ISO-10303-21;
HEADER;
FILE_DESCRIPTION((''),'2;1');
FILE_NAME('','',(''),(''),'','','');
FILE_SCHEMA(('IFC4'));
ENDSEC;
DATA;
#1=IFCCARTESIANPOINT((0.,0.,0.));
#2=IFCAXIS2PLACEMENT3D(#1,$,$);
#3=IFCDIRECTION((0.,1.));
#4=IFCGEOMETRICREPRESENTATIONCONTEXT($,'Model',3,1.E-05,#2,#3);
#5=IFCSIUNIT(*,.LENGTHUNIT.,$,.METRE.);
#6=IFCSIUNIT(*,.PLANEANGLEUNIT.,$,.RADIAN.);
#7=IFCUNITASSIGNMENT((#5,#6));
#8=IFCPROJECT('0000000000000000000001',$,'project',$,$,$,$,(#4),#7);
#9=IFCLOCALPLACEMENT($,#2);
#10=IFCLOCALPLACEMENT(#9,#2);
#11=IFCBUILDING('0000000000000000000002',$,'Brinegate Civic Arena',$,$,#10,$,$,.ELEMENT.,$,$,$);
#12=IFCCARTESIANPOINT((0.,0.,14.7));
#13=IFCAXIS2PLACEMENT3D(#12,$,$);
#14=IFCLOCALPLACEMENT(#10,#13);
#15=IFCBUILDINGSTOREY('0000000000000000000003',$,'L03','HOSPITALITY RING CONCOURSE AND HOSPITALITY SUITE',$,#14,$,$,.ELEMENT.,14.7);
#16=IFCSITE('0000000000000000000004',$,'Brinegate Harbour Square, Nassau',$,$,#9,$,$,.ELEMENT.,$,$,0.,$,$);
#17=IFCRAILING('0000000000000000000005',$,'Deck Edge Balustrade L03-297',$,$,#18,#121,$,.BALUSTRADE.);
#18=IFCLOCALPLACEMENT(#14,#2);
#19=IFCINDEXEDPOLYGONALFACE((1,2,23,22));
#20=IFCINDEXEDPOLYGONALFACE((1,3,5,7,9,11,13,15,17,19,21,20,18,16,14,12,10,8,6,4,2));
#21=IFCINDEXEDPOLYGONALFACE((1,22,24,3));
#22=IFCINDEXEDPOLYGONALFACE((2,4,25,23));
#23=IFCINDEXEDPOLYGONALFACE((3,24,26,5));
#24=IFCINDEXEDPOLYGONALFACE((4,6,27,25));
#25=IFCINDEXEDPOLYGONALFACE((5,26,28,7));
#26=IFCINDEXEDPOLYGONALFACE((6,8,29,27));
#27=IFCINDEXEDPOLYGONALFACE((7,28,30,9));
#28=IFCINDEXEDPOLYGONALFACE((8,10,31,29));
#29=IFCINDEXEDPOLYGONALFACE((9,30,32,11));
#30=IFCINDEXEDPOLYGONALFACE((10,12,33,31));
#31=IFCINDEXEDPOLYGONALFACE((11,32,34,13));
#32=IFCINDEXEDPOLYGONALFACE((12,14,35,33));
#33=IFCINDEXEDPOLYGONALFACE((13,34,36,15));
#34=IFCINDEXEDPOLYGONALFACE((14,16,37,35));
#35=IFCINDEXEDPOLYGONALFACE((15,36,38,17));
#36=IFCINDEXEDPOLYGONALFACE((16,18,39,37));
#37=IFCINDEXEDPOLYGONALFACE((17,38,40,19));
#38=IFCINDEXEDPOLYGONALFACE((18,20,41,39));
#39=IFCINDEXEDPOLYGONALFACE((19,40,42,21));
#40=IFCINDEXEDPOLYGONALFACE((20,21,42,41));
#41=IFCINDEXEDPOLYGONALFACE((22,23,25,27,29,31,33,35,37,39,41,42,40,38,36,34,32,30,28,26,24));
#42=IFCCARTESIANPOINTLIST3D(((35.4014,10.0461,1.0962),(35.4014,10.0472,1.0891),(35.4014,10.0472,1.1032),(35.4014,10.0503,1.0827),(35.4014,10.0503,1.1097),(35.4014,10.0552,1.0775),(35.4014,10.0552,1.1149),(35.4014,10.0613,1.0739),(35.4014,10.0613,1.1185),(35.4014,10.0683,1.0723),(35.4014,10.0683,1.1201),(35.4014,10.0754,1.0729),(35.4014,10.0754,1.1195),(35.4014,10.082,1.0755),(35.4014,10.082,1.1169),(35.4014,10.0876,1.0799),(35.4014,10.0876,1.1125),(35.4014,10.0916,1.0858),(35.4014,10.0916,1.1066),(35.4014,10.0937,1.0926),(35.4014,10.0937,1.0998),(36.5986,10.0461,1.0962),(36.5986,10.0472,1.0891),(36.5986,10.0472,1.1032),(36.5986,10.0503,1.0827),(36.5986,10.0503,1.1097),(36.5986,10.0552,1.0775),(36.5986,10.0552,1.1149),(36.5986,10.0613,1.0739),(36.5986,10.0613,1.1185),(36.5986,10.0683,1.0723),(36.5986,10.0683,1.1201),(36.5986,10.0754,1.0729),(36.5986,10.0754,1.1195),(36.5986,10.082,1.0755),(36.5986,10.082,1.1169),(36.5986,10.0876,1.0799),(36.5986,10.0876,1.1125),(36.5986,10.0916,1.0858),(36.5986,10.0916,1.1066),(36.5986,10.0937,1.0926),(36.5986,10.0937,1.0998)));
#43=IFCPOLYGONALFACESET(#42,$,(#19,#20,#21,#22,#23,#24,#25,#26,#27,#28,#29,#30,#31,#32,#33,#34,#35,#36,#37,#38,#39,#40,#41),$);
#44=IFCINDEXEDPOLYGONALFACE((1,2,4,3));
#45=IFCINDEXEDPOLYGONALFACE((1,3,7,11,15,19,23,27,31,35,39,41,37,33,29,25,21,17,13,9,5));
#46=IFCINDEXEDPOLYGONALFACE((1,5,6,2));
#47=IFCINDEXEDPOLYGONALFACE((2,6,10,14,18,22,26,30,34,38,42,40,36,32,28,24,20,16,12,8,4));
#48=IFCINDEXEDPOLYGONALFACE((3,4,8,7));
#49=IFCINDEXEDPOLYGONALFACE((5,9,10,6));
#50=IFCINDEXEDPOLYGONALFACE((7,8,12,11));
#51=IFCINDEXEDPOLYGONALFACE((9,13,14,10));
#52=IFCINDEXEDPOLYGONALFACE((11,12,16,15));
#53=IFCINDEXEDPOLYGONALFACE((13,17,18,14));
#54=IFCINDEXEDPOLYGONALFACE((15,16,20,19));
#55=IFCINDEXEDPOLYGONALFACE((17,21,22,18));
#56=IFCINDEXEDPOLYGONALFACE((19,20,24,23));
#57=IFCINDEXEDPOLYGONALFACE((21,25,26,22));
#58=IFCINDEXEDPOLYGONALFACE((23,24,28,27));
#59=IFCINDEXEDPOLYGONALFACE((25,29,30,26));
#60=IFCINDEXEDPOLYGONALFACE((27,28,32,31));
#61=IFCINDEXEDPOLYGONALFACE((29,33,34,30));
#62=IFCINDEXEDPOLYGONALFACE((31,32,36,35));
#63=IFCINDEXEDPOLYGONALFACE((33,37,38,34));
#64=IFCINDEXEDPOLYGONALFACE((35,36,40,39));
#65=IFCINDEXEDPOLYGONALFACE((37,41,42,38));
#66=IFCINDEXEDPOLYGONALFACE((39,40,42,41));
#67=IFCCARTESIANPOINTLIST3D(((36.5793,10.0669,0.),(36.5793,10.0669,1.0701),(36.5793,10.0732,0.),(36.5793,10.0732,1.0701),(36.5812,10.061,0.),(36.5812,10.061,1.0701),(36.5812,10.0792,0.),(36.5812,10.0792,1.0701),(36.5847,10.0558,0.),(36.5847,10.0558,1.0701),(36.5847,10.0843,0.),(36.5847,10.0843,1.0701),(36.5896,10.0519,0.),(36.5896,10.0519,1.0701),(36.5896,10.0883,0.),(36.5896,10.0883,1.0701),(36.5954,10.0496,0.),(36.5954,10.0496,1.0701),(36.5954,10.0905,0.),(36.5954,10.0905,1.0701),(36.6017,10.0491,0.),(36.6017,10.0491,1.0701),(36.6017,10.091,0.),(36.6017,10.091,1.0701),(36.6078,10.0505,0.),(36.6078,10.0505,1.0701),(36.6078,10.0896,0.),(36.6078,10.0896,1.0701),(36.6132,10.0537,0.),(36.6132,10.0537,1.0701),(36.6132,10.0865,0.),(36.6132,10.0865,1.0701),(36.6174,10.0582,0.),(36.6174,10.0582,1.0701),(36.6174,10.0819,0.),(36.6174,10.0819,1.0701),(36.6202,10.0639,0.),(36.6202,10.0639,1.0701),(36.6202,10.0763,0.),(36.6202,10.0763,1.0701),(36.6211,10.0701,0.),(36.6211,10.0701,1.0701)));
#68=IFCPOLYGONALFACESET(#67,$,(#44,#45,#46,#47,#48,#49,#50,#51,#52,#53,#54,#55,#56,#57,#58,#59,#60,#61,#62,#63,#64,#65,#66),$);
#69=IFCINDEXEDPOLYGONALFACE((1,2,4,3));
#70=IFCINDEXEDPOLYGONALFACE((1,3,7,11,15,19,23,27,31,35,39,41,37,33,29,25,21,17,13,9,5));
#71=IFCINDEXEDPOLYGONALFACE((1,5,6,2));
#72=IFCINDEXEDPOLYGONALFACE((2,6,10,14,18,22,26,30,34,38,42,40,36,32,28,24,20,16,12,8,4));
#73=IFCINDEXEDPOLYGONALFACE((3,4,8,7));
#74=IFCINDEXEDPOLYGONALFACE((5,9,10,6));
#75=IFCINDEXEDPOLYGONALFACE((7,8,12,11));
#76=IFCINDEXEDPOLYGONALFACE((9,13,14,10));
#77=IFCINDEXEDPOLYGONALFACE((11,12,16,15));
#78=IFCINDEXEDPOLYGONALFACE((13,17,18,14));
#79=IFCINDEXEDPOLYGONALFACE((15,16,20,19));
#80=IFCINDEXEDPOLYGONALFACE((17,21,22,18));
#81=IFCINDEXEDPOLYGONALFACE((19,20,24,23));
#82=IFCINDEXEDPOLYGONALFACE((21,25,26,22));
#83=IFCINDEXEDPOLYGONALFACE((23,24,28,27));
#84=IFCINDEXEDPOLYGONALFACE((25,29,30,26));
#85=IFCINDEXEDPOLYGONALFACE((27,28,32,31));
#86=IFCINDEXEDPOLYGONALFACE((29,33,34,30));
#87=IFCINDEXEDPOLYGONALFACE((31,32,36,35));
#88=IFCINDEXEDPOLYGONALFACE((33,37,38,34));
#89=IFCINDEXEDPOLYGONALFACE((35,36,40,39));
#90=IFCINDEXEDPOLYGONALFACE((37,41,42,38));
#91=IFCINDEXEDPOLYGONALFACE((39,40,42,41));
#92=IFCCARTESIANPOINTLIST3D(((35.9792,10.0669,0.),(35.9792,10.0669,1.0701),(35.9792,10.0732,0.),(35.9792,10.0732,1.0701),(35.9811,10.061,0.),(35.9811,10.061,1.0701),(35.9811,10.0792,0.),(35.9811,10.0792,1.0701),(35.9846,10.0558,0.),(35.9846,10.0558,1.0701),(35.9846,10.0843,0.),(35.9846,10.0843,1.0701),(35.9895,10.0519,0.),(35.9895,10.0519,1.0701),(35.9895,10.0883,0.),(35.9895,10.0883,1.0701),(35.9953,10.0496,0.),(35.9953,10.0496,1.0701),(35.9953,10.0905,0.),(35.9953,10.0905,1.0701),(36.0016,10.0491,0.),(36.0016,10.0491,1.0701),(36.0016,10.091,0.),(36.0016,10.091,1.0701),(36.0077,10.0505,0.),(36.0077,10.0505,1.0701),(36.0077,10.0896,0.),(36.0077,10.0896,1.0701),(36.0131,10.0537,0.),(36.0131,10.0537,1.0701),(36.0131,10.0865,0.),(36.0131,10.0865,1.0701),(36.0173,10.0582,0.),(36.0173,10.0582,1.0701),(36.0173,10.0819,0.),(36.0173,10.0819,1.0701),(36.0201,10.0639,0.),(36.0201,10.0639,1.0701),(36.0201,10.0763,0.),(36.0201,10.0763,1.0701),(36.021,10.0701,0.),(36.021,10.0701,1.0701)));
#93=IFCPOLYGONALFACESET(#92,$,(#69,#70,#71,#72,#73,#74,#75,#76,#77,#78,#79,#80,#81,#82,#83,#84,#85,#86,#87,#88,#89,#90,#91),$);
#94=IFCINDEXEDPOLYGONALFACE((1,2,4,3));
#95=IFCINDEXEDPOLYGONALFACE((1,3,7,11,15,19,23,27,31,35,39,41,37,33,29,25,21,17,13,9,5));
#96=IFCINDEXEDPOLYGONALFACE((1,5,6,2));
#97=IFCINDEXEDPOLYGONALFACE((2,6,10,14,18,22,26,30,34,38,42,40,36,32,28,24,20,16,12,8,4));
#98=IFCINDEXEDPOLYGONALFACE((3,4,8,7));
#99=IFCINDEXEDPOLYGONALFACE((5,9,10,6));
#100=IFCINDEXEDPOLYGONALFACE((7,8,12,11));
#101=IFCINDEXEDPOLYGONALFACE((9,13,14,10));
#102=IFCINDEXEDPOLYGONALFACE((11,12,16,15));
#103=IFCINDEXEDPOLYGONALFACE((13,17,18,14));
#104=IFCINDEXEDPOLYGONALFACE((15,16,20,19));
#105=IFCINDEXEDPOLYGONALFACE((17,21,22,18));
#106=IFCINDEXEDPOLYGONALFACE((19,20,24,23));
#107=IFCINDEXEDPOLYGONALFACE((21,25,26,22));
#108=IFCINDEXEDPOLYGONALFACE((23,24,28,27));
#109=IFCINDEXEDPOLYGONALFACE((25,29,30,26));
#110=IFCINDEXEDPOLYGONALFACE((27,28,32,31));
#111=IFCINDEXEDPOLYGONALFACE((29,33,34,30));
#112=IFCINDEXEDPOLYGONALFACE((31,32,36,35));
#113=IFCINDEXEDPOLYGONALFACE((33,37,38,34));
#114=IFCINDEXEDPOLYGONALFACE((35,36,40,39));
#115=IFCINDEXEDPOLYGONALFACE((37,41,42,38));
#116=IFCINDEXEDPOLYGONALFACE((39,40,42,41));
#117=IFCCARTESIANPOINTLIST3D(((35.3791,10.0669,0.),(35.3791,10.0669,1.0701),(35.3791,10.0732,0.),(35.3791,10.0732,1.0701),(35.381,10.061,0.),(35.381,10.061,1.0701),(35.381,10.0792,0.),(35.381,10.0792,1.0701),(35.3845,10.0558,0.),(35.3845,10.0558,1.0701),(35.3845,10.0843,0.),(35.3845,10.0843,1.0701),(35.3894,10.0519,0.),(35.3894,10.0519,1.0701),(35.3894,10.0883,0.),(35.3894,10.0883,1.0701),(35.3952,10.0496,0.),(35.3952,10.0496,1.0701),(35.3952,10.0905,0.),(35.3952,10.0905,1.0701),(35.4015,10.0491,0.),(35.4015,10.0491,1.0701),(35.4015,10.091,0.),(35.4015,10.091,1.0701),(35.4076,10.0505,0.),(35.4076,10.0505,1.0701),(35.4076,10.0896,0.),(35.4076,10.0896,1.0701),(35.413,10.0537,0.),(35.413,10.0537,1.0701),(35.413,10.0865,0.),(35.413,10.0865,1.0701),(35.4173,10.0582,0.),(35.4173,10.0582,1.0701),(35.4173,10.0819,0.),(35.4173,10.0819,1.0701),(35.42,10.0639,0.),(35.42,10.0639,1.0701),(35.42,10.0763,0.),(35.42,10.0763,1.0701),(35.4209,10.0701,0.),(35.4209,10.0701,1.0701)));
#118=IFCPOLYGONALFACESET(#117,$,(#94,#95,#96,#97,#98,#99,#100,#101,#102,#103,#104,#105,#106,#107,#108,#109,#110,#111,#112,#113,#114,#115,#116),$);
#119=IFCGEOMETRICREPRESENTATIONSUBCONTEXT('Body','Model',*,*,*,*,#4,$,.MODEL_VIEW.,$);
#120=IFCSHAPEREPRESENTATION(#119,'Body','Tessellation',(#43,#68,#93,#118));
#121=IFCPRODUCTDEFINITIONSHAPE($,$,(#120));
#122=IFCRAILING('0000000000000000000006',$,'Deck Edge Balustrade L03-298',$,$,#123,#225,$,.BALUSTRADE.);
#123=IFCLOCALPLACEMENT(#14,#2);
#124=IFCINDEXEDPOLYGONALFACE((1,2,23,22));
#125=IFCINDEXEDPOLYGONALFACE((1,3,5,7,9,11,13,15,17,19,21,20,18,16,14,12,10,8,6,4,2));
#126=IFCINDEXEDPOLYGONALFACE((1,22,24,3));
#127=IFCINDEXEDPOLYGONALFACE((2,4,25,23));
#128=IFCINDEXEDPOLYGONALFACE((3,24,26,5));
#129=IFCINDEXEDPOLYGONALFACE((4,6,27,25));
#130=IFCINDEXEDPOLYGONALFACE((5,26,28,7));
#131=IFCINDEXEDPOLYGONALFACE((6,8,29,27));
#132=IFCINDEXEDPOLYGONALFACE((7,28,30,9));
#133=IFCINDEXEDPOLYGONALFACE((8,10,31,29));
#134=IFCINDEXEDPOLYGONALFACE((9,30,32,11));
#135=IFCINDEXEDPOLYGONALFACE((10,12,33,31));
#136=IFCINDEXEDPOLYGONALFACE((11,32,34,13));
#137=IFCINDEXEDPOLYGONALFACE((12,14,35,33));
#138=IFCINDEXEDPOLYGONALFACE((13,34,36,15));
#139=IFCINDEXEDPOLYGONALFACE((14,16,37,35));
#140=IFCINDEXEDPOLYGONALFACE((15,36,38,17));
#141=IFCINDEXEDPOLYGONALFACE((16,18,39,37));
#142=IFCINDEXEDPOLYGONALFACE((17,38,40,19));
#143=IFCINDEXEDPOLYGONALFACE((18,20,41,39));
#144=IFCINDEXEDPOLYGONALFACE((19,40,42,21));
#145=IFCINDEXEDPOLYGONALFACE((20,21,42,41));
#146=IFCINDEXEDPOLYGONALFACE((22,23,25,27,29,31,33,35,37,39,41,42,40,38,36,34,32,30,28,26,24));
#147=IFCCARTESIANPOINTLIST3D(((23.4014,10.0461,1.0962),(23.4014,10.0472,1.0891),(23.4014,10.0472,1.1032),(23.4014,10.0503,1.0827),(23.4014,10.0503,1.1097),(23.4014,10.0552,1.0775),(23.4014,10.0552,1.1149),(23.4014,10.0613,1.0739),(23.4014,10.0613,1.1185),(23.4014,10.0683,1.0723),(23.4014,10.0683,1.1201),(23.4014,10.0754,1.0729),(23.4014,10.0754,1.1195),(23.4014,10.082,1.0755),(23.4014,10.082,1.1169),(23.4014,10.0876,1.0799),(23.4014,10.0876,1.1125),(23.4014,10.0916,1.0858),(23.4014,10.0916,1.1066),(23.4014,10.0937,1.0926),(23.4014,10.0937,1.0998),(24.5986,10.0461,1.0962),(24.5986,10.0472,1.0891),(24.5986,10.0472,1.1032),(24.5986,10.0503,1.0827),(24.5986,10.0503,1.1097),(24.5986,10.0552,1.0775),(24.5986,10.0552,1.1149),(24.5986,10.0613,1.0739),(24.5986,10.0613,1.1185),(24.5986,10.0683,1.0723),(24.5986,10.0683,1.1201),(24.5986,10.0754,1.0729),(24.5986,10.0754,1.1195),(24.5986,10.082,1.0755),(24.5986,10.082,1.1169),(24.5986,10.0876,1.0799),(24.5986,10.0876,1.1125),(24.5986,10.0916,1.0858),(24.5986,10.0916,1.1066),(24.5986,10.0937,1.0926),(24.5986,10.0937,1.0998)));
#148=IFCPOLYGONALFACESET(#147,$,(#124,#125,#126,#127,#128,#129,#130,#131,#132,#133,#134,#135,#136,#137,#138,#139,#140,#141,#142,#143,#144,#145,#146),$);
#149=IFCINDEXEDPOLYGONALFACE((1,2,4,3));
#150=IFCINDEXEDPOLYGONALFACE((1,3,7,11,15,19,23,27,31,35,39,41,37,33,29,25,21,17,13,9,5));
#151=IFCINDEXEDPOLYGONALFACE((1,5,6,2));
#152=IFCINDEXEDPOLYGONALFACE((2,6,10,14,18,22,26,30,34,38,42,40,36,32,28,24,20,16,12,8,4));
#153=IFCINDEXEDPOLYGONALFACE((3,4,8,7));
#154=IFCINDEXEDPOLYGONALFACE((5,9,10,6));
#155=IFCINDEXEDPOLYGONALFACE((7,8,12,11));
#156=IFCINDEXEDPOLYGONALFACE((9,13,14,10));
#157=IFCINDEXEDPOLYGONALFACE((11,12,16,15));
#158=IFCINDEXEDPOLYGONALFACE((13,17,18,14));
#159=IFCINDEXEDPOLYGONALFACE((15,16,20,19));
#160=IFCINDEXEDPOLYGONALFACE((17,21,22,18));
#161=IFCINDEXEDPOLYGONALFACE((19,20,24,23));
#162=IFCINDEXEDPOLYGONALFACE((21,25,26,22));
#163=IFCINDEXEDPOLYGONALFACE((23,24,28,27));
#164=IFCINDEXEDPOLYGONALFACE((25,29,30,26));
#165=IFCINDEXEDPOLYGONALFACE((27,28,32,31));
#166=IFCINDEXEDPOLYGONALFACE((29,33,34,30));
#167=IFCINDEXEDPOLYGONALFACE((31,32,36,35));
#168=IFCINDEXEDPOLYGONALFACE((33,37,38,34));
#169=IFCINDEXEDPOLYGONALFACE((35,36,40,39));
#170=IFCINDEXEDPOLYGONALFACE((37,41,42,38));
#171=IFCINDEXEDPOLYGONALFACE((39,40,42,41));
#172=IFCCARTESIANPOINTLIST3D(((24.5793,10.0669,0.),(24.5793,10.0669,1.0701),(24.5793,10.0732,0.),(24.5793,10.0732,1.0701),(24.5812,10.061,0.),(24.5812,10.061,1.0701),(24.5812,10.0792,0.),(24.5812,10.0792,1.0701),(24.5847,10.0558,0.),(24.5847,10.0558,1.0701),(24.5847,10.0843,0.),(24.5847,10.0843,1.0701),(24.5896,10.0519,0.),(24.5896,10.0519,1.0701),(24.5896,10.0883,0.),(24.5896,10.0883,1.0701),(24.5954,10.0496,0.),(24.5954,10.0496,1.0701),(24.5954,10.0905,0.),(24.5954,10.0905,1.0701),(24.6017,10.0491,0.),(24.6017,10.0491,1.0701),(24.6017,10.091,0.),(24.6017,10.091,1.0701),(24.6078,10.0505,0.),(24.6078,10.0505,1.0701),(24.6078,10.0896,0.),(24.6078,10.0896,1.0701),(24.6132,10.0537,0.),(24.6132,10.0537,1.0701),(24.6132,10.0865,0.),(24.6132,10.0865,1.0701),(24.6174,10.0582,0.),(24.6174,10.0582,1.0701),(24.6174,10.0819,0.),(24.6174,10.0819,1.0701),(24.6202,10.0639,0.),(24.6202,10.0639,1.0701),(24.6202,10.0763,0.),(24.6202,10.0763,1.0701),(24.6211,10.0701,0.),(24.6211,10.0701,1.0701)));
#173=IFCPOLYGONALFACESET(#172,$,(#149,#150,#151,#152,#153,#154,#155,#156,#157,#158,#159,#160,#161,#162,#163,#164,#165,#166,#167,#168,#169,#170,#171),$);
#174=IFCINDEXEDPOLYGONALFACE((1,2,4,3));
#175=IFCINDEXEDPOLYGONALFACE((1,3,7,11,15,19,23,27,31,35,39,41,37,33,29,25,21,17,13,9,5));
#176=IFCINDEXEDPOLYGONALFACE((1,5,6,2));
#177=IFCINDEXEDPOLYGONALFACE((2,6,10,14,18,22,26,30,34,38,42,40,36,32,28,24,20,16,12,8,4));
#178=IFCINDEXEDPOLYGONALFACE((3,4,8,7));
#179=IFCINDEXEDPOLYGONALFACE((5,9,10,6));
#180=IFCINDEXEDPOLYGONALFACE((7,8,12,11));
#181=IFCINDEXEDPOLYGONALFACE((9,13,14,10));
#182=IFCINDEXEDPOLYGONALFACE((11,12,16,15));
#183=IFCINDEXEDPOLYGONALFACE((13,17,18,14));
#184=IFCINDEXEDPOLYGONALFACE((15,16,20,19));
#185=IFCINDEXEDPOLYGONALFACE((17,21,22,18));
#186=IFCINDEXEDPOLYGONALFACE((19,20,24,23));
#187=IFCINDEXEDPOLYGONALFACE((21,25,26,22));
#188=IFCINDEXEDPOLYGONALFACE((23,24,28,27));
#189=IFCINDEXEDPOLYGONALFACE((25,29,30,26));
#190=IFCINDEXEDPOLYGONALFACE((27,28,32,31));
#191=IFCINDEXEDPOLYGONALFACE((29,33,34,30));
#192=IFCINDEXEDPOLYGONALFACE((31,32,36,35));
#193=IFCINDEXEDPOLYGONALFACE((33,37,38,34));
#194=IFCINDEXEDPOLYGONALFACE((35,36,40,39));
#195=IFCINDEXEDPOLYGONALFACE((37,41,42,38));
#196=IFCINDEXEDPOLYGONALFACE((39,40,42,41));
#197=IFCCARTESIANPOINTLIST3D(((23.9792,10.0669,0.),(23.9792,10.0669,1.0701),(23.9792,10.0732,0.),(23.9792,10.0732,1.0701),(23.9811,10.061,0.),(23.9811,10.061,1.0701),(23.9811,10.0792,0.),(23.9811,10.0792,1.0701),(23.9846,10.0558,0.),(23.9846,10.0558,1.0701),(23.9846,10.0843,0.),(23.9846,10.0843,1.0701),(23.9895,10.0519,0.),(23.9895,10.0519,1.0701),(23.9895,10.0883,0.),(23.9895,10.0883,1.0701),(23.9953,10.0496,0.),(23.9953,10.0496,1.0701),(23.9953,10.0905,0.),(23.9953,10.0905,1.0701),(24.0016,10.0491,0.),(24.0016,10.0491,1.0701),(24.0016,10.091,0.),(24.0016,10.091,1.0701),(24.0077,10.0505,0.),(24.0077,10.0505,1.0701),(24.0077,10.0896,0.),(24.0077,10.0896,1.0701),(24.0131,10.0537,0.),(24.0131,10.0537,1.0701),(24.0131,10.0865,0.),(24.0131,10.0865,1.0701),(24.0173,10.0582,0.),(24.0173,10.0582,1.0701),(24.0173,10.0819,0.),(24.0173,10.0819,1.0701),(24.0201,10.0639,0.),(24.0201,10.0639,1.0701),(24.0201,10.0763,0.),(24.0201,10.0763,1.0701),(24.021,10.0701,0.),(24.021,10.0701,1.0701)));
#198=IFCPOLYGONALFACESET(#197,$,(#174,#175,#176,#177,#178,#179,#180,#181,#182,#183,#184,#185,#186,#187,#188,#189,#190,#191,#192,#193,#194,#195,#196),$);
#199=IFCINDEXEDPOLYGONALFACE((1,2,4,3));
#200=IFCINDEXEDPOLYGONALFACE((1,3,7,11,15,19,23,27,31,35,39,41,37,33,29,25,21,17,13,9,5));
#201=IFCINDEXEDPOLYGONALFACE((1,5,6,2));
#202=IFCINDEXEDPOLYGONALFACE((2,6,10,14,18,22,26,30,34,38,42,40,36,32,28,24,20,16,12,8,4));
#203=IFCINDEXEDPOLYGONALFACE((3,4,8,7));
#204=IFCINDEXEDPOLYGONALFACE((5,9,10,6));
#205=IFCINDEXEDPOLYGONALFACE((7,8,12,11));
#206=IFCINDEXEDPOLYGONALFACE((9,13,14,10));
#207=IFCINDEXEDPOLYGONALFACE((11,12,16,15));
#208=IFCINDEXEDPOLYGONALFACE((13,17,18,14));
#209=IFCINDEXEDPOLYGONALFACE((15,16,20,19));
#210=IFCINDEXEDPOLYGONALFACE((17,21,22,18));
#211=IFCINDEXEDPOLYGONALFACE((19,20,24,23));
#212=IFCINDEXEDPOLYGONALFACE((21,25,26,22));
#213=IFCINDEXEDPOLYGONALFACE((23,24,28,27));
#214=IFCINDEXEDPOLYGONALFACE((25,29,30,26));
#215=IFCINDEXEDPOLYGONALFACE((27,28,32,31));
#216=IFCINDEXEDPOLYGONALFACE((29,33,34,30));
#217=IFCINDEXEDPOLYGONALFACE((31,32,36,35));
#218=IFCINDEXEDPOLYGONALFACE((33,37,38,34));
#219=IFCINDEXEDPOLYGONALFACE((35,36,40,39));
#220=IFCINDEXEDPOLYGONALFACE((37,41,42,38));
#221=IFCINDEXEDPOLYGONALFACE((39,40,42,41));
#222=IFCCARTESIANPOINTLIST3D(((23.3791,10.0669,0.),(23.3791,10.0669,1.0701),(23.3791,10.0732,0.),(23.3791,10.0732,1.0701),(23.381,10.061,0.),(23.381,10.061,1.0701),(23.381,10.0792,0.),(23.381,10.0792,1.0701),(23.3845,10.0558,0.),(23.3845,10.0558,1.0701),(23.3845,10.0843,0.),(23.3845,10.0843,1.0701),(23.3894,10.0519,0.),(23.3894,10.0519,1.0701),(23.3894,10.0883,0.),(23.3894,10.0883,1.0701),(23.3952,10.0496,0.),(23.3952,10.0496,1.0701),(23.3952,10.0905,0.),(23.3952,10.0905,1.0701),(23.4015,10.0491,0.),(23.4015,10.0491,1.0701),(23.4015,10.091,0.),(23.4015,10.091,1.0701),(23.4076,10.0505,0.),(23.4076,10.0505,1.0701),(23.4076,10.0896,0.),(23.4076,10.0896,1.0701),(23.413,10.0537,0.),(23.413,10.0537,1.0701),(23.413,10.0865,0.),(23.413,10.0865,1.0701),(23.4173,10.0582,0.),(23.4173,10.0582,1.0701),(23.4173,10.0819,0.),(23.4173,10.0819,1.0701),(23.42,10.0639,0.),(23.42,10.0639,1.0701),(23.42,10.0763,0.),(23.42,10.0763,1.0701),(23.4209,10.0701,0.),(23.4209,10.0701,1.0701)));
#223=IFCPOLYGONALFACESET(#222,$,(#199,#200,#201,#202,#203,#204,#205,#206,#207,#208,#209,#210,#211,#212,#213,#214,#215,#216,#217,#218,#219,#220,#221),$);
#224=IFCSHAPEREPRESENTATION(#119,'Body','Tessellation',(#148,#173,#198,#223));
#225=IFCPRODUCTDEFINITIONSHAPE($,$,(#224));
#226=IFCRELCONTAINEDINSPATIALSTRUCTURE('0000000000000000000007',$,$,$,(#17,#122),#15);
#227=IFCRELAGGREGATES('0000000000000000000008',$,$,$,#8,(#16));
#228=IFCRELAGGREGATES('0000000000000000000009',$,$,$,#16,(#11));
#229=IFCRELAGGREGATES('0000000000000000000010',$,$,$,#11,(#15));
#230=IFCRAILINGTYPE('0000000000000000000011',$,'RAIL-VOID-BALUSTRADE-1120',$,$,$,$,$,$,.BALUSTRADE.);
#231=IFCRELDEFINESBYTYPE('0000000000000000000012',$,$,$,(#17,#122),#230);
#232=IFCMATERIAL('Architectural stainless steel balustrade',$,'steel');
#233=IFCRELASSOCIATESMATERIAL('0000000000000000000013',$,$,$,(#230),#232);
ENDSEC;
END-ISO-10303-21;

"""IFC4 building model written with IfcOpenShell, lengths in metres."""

from ifc_helpers import new_model, si_unit, direction, frame, origin, origin_2d, place, context, subcontext, project, spatial, circle, extrude, material, type_object, element, save


model = new_model("IFC4")

# Units and contexts
model_context = context("Model", 3, precision=1e-05, world=origin(), true_north=direction((0.0, 1.0)))
body_context = subcontext(model_context, "Body", "Model", "MODEL_VIEW")
ifc_project = project(units=[si_unit("LENGTHUNIT", "METRE"), si_unit("PLANEANGLEUNIT", "RADIAN")], contexts=[model_context])

# Site, building, storey
site_placement = place(None, origin())
site = spatial("IfcSite", under=ifc_project, at=site_placement, Name="Brinegate Harbour Square, Nassau", CompositionType="ELEMENT", RefElevation=0.0)
building_placement = place(site_placement, origin())
building = spatial("IfcBuilding", under=site, at=building_placement, Name="Brinegate Civic Arena", CompositionType="ELEMENT")
storey_placement = place(building_placement, frame((0.0, 0.0, 14.7)))
storey = spatial("IfcBuildingStorey", under=building, at=storey_placement, Name="L03", Description="HOSPITALITY RING CONCOURSE AND HOSPITALITY SUITE", CompositionType="ELEMENT", Elevation=14.7)

# Railings
ifc_material_1 = material(Name="Architectural stainless steel balustrade", Category="steel")
railing_type = type_object("IfcRailingType", Name="RAIL-VOID-BALUSTRADE-1120", PredefinedType="BALUSTRADE", material=ifc_material_1)
for number, where, name in (
    (1, (36.6001, 10.0701, 0.0), "Deck Edge Balustrade L03-297"),
    (2, (24.6001, 10.0701, 0.0), "Deck Edge Balustrade L03-298"),
):
    element("IfcRailing", number, at=place(storey_placement, frame(where)), inside=storey, type_object=railing_type, Name=name, PredefinedType="BALUSTRADE", context=body_context, shape_type="SweptSolid", body=[
        extrude(circle(Radius=0.0239, at=origin_2d()), frame((-0.0015, 0.0, 1.0962), z_axis=(-1.0, 0.0, 0.0), x_axis=(0.0, -1.0, 0.0)), (0.0, 0.0, 1.0), 1.1973),
        extrude(circle(Radius=0.021, at=origin_2d()), origin(), (0.0, 0.0, 1.0), 1.0701),
        extrude(circle(Radius=0.021, at=origin_2d()), frame((-0.6001, 0.0, 0.0)), (0.0, 0.0, 1.0), 1.0701),
        extrude(circle(Radius=0.021, at=origin_2d()), frame((-1.2002, 0.0, 0.0)), (0.0, 0.0, 1.0), 1.0701),
    ])

save(model, "model.ifc")
